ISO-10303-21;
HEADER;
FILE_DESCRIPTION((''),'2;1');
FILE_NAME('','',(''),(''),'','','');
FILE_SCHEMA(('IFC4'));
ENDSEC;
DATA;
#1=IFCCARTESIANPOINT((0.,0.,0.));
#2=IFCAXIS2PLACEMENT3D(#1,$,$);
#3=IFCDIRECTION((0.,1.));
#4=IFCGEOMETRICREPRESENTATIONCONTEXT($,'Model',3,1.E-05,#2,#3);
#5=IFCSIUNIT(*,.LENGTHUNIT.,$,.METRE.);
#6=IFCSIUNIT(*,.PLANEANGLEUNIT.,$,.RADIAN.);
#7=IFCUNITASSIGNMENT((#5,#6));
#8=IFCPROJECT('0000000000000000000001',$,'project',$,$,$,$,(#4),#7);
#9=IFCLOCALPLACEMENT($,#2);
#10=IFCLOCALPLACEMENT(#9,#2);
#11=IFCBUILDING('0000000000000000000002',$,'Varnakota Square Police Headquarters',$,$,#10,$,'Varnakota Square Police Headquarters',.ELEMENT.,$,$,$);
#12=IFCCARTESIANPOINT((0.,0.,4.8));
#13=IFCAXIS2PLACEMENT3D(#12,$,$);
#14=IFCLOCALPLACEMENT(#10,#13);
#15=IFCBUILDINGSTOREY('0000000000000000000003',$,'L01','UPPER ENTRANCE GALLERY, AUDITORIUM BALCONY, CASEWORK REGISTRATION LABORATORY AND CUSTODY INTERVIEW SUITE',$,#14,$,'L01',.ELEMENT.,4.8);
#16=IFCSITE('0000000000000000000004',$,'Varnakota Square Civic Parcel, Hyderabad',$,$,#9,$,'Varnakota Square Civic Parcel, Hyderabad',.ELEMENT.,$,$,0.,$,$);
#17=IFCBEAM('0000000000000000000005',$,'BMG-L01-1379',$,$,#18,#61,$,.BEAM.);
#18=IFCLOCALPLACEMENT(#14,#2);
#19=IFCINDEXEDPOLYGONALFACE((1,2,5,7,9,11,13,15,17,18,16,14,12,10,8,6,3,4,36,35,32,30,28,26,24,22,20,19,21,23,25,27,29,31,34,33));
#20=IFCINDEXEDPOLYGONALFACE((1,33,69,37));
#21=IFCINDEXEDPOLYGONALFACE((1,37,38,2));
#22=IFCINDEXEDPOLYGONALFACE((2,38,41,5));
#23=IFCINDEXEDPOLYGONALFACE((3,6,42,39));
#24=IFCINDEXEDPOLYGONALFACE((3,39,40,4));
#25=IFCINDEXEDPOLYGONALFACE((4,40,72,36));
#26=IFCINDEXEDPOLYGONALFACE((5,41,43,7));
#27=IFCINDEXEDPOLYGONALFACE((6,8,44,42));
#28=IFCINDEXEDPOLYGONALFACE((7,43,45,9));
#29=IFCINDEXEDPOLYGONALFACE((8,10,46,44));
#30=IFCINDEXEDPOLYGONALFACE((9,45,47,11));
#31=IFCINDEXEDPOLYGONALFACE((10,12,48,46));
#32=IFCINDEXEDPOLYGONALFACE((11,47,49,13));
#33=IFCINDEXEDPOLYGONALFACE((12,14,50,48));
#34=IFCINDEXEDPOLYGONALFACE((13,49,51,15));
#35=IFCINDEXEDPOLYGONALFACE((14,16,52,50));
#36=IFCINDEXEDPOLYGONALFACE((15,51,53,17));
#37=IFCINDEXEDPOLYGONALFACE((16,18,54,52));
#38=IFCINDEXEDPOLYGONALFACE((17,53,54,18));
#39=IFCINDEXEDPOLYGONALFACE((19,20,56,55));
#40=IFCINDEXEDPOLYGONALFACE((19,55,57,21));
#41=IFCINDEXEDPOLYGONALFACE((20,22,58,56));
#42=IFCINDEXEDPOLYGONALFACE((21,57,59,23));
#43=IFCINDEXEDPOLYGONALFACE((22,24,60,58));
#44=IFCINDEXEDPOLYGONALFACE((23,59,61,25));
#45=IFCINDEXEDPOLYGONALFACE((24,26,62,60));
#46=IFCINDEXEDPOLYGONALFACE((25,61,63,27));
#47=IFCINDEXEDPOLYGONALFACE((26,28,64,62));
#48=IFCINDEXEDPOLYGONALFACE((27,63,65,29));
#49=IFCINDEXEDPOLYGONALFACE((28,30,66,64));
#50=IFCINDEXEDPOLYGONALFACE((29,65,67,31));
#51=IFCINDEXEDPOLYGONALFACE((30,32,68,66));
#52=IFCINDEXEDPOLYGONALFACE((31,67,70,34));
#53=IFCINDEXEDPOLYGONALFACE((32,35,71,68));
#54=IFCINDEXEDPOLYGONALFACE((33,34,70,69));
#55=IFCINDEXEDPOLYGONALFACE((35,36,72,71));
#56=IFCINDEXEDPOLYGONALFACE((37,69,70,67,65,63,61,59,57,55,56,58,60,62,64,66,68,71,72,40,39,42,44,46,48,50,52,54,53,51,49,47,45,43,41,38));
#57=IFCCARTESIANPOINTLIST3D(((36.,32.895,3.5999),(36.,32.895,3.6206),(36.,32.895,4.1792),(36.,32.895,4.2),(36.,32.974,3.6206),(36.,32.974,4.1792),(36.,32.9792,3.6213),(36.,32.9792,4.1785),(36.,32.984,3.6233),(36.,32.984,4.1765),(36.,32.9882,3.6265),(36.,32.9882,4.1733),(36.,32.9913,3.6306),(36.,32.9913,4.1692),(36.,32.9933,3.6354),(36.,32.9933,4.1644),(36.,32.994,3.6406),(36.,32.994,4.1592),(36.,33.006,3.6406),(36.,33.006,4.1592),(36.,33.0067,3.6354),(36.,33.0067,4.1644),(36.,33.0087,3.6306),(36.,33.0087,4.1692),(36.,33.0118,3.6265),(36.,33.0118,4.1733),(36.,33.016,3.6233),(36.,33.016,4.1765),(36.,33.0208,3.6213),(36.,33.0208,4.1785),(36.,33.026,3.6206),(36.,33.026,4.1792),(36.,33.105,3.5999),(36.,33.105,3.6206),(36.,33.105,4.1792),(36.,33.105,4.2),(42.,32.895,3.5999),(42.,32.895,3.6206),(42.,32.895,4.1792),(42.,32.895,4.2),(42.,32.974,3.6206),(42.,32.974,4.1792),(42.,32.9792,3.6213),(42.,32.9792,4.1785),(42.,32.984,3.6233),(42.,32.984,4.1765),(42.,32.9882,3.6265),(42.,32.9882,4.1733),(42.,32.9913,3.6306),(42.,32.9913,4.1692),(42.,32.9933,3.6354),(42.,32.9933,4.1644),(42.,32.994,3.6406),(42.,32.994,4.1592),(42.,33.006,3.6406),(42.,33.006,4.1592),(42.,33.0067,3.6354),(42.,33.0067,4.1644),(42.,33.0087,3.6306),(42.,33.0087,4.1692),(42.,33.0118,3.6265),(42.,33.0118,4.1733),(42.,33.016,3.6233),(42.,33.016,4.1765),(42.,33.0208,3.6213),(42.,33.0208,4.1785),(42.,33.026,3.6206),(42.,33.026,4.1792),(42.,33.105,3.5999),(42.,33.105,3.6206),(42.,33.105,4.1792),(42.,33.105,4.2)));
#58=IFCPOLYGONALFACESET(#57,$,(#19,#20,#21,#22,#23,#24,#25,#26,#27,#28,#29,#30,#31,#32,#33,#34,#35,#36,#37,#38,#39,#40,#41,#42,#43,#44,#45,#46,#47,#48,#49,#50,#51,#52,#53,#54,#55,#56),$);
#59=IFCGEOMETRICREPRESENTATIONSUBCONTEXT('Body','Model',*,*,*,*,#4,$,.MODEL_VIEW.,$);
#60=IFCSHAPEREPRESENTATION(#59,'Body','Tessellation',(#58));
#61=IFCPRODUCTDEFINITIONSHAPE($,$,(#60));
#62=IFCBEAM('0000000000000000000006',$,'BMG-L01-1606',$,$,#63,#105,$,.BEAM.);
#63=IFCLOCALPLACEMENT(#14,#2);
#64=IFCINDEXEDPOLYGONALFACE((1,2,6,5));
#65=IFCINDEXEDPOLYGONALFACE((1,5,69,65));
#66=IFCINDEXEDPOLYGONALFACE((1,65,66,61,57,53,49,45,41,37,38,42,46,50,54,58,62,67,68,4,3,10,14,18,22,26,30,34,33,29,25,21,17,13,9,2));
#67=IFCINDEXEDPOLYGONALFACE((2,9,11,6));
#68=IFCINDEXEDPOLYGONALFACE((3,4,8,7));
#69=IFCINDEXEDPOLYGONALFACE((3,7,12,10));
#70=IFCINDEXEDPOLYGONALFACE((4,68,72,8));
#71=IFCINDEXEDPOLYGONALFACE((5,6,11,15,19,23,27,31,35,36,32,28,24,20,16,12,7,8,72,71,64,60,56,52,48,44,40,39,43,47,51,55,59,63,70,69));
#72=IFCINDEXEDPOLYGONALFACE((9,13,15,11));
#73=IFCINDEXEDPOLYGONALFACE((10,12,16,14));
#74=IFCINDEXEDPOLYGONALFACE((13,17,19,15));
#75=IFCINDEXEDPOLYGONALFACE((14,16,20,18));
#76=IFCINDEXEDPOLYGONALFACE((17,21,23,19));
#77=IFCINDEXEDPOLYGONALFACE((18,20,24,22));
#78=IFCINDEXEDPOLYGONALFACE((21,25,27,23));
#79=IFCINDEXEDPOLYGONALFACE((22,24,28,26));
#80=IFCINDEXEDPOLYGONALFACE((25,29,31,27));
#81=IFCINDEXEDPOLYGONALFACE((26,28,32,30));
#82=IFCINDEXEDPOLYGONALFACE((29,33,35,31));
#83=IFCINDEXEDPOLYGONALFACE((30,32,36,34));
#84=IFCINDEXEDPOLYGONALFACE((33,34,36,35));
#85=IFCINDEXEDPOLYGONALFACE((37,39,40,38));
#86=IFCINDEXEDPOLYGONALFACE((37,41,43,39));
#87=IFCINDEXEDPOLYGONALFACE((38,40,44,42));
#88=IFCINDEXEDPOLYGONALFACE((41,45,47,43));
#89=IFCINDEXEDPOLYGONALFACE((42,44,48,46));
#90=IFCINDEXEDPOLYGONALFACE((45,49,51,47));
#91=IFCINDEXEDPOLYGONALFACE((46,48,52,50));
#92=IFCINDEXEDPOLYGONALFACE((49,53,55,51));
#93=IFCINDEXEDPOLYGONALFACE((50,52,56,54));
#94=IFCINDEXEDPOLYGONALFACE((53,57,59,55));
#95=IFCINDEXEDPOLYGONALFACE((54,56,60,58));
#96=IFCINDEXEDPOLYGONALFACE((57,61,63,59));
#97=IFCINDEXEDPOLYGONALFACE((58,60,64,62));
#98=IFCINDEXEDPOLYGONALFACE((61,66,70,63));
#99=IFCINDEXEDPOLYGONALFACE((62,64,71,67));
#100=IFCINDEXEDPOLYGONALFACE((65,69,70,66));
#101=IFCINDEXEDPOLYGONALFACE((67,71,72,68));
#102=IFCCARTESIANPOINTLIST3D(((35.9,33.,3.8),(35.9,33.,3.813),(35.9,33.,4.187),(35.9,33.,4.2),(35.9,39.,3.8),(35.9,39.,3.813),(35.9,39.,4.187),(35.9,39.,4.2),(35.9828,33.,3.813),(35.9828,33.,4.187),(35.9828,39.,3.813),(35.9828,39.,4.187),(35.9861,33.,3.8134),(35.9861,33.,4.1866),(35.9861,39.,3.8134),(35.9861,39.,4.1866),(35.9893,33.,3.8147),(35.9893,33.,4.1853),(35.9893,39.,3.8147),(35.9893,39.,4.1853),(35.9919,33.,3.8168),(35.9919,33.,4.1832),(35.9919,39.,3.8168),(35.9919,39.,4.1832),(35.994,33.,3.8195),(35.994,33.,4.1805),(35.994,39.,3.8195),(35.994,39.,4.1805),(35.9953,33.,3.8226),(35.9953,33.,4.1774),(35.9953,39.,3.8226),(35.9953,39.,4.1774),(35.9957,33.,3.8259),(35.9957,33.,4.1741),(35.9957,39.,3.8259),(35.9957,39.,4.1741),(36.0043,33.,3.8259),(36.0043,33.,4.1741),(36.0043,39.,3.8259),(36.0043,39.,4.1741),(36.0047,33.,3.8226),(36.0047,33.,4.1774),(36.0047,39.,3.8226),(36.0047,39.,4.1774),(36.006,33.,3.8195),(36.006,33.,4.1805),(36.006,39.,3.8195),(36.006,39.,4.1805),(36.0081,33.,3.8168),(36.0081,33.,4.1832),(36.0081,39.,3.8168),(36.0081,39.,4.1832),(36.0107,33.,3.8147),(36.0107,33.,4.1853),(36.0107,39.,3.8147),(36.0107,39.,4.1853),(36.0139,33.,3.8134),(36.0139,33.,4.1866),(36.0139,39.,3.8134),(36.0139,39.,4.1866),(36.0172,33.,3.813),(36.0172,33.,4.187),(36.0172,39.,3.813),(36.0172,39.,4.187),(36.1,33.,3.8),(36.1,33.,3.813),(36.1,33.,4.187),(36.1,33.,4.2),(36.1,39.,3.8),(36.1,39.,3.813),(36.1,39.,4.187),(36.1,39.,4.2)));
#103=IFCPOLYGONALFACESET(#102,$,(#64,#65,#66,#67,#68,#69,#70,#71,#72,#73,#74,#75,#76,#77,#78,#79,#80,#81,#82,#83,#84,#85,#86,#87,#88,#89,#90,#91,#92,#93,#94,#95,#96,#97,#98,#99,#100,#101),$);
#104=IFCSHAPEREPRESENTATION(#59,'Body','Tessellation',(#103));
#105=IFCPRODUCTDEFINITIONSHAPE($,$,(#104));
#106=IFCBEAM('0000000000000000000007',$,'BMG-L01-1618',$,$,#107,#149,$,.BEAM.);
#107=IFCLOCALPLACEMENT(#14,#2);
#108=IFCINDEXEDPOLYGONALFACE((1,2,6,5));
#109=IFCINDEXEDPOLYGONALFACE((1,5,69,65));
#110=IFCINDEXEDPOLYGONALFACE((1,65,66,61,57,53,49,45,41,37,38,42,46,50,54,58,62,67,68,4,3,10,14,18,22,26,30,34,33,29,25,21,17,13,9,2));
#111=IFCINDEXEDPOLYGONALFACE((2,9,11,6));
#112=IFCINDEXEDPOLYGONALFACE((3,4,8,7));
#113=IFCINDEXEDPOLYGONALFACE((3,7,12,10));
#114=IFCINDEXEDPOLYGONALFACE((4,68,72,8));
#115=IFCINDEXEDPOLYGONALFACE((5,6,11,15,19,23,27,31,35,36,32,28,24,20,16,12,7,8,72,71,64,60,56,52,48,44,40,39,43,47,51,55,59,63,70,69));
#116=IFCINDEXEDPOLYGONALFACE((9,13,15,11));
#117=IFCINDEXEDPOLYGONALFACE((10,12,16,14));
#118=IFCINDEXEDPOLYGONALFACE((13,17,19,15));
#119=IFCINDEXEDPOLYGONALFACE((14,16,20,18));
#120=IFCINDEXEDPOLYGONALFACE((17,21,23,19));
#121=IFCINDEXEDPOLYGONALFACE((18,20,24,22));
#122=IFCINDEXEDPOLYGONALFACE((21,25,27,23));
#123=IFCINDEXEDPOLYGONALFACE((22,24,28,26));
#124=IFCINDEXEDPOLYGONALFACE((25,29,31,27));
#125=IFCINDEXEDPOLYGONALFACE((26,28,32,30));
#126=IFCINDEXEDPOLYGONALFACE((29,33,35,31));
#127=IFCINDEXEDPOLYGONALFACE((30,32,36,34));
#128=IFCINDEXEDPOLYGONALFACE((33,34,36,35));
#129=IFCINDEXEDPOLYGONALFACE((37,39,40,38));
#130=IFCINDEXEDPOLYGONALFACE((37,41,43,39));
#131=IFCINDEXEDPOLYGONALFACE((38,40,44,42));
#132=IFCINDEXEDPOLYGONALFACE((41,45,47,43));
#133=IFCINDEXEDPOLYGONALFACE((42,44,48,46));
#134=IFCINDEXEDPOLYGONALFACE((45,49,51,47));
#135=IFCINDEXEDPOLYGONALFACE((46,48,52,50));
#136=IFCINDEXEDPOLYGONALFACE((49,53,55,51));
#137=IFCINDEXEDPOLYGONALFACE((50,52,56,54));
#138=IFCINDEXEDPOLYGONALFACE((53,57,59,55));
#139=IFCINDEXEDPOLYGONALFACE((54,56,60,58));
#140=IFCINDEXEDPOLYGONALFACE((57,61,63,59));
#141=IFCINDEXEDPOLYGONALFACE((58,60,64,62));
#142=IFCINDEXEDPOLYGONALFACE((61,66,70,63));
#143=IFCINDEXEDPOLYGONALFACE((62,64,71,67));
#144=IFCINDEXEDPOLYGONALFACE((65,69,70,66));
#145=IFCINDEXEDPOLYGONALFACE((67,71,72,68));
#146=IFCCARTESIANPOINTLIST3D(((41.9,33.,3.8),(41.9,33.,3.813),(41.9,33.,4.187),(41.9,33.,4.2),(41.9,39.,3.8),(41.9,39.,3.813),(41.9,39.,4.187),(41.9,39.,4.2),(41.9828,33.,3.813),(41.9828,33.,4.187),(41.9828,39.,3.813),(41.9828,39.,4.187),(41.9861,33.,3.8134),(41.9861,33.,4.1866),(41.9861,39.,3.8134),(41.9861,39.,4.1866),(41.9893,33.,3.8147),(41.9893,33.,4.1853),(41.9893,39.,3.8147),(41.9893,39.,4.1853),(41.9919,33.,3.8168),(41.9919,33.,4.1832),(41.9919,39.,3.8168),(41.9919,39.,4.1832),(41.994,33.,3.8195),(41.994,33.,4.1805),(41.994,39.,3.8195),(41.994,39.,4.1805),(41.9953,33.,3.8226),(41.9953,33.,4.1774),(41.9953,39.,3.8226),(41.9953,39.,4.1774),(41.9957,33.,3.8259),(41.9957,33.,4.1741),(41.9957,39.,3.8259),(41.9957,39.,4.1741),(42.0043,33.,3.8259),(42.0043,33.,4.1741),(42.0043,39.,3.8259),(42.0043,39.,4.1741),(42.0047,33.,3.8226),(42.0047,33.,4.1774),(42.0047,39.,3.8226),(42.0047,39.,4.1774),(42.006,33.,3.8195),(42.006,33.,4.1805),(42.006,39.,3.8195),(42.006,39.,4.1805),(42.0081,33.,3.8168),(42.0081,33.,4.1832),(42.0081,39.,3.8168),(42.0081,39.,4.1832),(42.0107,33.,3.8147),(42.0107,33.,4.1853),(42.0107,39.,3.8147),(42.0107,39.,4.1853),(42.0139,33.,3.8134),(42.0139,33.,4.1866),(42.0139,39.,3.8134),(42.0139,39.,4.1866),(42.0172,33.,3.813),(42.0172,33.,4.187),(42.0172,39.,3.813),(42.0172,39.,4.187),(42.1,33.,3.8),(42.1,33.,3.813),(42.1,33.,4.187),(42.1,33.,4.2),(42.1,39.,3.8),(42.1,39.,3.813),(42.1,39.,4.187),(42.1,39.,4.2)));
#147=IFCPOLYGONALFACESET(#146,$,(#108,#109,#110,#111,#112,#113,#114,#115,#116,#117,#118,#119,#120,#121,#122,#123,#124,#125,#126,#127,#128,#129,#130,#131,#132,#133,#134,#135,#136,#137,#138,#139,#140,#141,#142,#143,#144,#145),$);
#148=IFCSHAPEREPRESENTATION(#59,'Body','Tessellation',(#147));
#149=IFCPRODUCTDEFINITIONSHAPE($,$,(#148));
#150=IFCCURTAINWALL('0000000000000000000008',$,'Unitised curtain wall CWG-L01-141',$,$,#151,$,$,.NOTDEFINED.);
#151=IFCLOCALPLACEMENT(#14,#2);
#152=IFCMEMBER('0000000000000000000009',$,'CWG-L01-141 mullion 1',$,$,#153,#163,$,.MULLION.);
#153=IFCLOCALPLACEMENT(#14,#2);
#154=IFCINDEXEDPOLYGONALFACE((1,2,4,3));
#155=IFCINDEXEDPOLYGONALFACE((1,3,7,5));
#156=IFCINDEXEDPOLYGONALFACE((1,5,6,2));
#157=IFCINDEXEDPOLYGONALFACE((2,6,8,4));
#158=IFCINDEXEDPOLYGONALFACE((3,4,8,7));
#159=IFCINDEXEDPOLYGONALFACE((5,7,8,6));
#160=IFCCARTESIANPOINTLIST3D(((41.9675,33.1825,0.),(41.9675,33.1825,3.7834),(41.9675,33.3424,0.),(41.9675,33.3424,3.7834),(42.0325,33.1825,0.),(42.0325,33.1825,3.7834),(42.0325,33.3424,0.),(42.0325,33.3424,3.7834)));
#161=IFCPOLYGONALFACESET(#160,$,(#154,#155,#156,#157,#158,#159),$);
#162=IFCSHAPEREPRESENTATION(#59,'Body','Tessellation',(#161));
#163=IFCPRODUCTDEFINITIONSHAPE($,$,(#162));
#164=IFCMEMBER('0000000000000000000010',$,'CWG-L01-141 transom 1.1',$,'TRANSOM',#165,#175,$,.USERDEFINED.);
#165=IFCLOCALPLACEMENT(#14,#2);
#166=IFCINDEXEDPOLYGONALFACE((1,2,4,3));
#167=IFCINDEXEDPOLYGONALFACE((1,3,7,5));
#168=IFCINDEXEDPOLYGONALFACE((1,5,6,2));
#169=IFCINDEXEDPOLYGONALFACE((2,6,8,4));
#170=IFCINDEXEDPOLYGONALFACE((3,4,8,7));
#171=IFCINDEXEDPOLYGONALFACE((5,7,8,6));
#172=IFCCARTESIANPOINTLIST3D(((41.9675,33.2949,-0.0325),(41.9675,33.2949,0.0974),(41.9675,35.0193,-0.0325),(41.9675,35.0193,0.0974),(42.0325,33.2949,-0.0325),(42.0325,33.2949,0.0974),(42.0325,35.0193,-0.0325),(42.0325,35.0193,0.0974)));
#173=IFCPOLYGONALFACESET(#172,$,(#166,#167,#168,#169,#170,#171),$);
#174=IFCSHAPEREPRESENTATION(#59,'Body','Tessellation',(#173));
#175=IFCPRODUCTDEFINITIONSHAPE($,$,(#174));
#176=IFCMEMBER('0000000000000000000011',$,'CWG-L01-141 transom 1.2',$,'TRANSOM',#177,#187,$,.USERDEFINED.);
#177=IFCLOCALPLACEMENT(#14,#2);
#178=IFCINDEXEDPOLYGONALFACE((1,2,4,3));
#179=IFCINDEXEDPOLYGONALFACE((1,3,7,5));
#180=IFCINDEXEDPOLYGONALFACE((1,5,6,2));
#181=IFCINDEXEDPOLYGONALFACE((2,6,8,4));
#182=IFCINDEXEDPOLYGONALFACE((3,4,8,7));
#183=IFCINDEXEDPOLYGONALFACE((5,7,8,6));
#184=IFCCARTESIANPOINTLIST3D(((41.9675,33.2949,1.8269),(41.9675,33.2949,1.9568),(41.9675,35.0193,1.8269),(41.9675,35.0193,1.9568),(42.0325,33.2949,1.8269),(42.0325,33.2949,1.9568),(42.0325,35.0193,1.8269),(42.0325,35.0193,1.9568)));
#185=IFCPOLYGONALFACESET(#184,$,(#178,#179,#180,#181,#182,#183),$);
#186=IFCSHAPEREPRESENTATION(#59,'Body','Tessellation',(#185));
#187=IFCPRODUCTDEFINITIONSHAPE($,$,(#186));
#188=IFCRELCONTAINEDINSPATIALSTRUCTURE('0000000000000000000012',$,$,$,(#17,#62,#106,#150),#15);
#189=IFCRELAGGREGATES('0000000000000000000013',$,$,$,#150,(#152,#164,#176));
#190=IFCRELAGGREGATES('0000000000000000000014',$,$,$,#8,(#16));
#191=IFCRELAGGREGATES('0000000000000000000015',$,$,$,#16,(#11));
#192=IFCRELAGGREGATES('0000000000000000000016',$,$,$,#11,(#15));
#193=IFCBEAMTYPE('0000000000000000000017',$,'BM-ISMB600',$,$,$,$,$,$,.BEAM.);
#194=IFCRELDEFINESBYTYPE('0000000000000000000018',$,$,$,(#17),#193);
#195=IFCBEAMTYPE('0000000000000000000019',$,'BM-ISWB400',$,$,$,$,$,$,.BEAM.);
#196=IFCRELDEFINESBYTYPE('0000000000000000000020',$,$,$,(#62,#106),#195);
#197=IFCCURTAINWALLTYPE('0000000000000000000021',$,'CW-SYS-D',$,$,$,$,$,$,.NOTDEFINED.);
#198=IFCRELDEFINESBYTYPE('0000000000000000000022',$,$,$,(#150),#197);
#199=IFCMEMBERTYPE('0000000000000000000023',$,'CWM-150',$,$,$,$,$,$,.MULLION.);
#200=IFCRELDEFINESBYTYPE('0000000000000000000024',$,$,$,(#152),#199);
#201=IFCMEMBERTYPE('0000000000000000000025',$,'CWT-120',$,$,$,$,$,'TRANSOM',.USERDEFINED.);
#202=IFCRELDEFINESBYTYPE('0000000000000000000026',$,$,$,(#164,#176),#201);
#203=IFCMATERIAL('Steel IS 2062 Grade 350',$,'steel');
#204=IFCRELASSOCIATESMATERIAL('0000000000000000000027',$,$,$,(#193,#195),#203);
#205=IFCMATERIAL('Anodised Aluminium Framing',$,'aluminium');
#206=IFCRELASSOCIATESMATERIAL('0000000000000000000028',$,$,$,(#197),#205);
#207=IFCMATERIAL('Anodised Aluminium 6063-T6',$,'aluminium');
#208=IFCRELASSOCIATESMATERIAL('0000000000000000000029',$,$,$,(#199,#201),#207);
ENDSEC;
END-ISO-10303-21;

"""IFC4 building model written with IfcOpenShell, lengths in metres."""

from ifc_helpers import new_model, si_unit, direction, frame, origin, origin_2d, place, context, subcontext, project, spatial, rectangle, i_section, extrude, material, material_profile, profile_set, type_object, element, aggregate, save


model = new_model("IFC4")

# Units and contexts
model_context = context("Model", 3, precision=1e-05, world=origin(), true_north=direction((0.0, 1.0)))
body_context = subcontext(model_context, "Body", "Model", "MODEL_VIEW")
ifc_project = project(units=[si_unit("LENGTHUNIT", "METRE"), si_unit("PLANEANGLEUNIT", "RADIAN")], contexts=[model_context])

# Site, building, storey
site_placement = place(None, origin())
site = spatial("IfcSite", under=ifc_project, at=site_placement, Name="Varnakota Square Civic Parcel, Hyderabad", LongName="Varnakota Square Civic Parcel, Hyderabad", CompositionType="ELEMENT", RefElevation=0.0)
building_placement = place(site_placement, origin())
building = spatial("IfcBuilding", under=site, at=building_placement, Name="Varnakota Square Police Headquarters", LongName="Varnakota Square Police Headquarters", CompositionType="ELEMENT")
storey_placement = place(building_placement, frame((0.0, 0.0, 4.8)))
storey = spatial("IfcBuildingStorey", under=building, at=storey_placement, Name="L01", Description="UPPER ENTRANCE GALLERY, AUDITORIUM BALCONY, CASEWORK REGISTRATION LABORATORY AND CUSTODY INTERVIEW SUITE", LongName="L01", CompositionType="ELEMENT", Elevation=4.8)

# Shared definitions
ifc_material_1 = material(Name="Steel IS 2062 Grade 350", Category="steel")

# Beams
ifc_material_profile_1 = material_profile(ifc_material_1, i_section(OverallWidth=0.21, OverallDepth=0.6001, WebThickness=0.012, FlangeThickness=0.0208, FilletRadius=0.02, at=origin_2d()), Name="ISMB 600")
ifc_profile_set_1 = profile_set([ifc_material_profile_1], Name="Steel IS 2062 Grade 350")
beam_type_1 = type_object("IfcBeamType", Name="BM-ISMB600", PredefinedType="BEAM", material=ifc_profile_set_1)
beam_1_placement = place(storey_placement, frame((36.0, 33.0, 3.8999), z_axis=(1.0, 0.0, 0.0), x_axis=(0.0, 1.0, 0.0)))
element("IfcBeam", 1, at=beam_1_placement, inside=storey, type_object=beam_type_1, Name="BMG-L01-1379", PredefinedType="BEAM", context=body_context, shape_type="SweptSolid", body=[
    extrude(i_section(OverallWidth=0.21, OverallDepth=0.6001, WebThickness=0.012, FlangeThickness=0.0208, FilletRadius=0.02, at=origin_2d()), origin(), (0.0, 0.0, 1.0), 6.0),
])
ifc_material_profile_2 = material_profile(ifc_material_1, i_section(OverallWidth=0.2, OverallDepth=0.3999, WebThickness=0.0085, FlangeThickness=0.0129, FilletRadius=0.0129, at=origin_2d()), Name="ISWB 400")
ifc_profile_set_2 = profile_set([ifc_material_profile_2], Name="Steel IS 2062 Grade 350")
beam_type_2 = type_object("IfcBeamType", Name="BM-ISWB400", PredefinedType="BEAM", material=ifc_profile_set_2)
for number, where, z_axis, x_axis, name in (
    (2, (36.0, 33.0, 4.0), (0.0, 1.0, 0.0), (-1.0, 0.0, 0.0), "BMG-L01-1606"),
    (3, (42.0, 33.0, 4.0), (0.0, 1.0, 0.0), (-1.0, 0.0, 0.0), "BMG-L01-1618"),
):
    element("IfcBeam", number, at=place(storey_placement, frame(where, z_axis=z_axis, x_axis=x_axis)), inside=storey, type_object=beam_type_2, Name=name, PredefinedType="BEAM", context=body_context, shape_type="SweptSolid", body=[
        extrude(i_section(OverallWidth=0.2, OverallDepth=0.3999, WebThickness=0.0085, FlangeThickness=0.0129, FilletRadius=0.0129, at=origin_2d()), origin(), (0.0, 0.0, 1.0), 6.0),
    ])

# Curtain wall, members
ifc_material_2 = material(Name="Anodised Aluminium Framing", Category="aluminium")
curtain_wall_type = type_object("IfcCurtainWallType", Name="CW-SYS-D", PredefinedType="NOTDEFINED", material=ifc_material_2)
curtain_wall_placement = place(storey_placement, origin())
curtain_wall = element("IfcCurtainWall", 4, at=curtain_wall_placement, inside=storey, type_object=curtain_wall_type, Name="Unitised curtain wall CWG-L01-141", PredefinedType="NOTDEFINED")
ifc_material_3 = material(Name="Anodised Aluminium 6063-T6", Category="aluminium")
ifc_material_profile_3 = material_profile(ifc_material_3, rectangle(XDim=0.0649, YDim=0.1599, at=origin_2d()), Name="ALU MULLION 65x160")
ifc_profile_set_3 = profile_set([ifc_material_profile_3], Name="Anodised Aluminium 6063-T6")
member_type_1 = type_object("IfcMemberType", Name="CWM-150", PredefinedType="MULLION", material=ifc_profile_set_3)
member_1_placement = place(storey_placement, frame((42.0, 33.2625, 0.0), z_axis=(0.0, 0.0, 1.0), x_axis=(-1.0, 0.0, 0.0)))
member_1 = element("IfcMember", 5, at=member_1_placement, type_object=member_type_1, Name="CWG-L01-141 mullion 1", PredefinedType="MULLION", context=body_context, shape_type="SweptSolid", body=[
    extrude(rectangle(XDim=0.0649, YDim=0.1599, at=origin_2d()), origin(), (0.0, 0.0, 1.0), 3.7834),
])
ifc_material_profile_4 = material_profile(ifc_material_3, rectangle(XDim=0.0649, YDim=0.1299, at=origin_2d()), Name="ALU TRANSOM 65x130")
ifc_profile_set_4 = profile_set([ifc_material_profile_4], Name="Anodised Aluminium 6063-T6")
member_type_2 = type_object("IfcMemberType", Name="CWT-120", ElementType="TRANSOM", PredefinedType="USERDEFINED", material=ifc_profile_set_4)
member_2_placement = place(storey_placement, frame((42.0, 33.2949, 0.0325), z_axis=(0.0, 1.0, 0.0), x_axis=(-1.0, 0.0, 0.0)))
member_2 = element("IfcMember", 6, at=member_2_placement, type_object=member_type_2, Name="CWG-L01-141 transom 1.1", ObjectType="TRANSOM", PredefinedType="USERDEFINED", context=body_context, shape_type="SweptSolid", body=[
    extrude(rectangle(XDim=0.0649, YDim=0.1299, at=origin_2d()), origin(), (0.0, 0.0, 1.0), 1.7244),
])
member_3_placement = place(storey_placement, frame((42.0, 33.2949, 1.8918), z_axis=(0.0, 1.0, 0.0), x_axis=(-1.0, 0.0, 0.0)))
member_3 = element("IfcMember", 7, at=member_3_placement, type_object=member_type_2, Name="CWG-L01-141 transom 1.2", ObjectType="TRANSOM", PredefinedType="USERDEFINED", context=body_context, shape_type="SweptSolid", body=[
    extrude(rectangle(XDim=0.0649, YDim=0.1299, at=origin_2d()), origin(), (0.0, 0.0, 1.0), 1.7244),
])
aggregate(curtain_wall, [member_1, member_2, member_3])

save(model, "model.ifc")
